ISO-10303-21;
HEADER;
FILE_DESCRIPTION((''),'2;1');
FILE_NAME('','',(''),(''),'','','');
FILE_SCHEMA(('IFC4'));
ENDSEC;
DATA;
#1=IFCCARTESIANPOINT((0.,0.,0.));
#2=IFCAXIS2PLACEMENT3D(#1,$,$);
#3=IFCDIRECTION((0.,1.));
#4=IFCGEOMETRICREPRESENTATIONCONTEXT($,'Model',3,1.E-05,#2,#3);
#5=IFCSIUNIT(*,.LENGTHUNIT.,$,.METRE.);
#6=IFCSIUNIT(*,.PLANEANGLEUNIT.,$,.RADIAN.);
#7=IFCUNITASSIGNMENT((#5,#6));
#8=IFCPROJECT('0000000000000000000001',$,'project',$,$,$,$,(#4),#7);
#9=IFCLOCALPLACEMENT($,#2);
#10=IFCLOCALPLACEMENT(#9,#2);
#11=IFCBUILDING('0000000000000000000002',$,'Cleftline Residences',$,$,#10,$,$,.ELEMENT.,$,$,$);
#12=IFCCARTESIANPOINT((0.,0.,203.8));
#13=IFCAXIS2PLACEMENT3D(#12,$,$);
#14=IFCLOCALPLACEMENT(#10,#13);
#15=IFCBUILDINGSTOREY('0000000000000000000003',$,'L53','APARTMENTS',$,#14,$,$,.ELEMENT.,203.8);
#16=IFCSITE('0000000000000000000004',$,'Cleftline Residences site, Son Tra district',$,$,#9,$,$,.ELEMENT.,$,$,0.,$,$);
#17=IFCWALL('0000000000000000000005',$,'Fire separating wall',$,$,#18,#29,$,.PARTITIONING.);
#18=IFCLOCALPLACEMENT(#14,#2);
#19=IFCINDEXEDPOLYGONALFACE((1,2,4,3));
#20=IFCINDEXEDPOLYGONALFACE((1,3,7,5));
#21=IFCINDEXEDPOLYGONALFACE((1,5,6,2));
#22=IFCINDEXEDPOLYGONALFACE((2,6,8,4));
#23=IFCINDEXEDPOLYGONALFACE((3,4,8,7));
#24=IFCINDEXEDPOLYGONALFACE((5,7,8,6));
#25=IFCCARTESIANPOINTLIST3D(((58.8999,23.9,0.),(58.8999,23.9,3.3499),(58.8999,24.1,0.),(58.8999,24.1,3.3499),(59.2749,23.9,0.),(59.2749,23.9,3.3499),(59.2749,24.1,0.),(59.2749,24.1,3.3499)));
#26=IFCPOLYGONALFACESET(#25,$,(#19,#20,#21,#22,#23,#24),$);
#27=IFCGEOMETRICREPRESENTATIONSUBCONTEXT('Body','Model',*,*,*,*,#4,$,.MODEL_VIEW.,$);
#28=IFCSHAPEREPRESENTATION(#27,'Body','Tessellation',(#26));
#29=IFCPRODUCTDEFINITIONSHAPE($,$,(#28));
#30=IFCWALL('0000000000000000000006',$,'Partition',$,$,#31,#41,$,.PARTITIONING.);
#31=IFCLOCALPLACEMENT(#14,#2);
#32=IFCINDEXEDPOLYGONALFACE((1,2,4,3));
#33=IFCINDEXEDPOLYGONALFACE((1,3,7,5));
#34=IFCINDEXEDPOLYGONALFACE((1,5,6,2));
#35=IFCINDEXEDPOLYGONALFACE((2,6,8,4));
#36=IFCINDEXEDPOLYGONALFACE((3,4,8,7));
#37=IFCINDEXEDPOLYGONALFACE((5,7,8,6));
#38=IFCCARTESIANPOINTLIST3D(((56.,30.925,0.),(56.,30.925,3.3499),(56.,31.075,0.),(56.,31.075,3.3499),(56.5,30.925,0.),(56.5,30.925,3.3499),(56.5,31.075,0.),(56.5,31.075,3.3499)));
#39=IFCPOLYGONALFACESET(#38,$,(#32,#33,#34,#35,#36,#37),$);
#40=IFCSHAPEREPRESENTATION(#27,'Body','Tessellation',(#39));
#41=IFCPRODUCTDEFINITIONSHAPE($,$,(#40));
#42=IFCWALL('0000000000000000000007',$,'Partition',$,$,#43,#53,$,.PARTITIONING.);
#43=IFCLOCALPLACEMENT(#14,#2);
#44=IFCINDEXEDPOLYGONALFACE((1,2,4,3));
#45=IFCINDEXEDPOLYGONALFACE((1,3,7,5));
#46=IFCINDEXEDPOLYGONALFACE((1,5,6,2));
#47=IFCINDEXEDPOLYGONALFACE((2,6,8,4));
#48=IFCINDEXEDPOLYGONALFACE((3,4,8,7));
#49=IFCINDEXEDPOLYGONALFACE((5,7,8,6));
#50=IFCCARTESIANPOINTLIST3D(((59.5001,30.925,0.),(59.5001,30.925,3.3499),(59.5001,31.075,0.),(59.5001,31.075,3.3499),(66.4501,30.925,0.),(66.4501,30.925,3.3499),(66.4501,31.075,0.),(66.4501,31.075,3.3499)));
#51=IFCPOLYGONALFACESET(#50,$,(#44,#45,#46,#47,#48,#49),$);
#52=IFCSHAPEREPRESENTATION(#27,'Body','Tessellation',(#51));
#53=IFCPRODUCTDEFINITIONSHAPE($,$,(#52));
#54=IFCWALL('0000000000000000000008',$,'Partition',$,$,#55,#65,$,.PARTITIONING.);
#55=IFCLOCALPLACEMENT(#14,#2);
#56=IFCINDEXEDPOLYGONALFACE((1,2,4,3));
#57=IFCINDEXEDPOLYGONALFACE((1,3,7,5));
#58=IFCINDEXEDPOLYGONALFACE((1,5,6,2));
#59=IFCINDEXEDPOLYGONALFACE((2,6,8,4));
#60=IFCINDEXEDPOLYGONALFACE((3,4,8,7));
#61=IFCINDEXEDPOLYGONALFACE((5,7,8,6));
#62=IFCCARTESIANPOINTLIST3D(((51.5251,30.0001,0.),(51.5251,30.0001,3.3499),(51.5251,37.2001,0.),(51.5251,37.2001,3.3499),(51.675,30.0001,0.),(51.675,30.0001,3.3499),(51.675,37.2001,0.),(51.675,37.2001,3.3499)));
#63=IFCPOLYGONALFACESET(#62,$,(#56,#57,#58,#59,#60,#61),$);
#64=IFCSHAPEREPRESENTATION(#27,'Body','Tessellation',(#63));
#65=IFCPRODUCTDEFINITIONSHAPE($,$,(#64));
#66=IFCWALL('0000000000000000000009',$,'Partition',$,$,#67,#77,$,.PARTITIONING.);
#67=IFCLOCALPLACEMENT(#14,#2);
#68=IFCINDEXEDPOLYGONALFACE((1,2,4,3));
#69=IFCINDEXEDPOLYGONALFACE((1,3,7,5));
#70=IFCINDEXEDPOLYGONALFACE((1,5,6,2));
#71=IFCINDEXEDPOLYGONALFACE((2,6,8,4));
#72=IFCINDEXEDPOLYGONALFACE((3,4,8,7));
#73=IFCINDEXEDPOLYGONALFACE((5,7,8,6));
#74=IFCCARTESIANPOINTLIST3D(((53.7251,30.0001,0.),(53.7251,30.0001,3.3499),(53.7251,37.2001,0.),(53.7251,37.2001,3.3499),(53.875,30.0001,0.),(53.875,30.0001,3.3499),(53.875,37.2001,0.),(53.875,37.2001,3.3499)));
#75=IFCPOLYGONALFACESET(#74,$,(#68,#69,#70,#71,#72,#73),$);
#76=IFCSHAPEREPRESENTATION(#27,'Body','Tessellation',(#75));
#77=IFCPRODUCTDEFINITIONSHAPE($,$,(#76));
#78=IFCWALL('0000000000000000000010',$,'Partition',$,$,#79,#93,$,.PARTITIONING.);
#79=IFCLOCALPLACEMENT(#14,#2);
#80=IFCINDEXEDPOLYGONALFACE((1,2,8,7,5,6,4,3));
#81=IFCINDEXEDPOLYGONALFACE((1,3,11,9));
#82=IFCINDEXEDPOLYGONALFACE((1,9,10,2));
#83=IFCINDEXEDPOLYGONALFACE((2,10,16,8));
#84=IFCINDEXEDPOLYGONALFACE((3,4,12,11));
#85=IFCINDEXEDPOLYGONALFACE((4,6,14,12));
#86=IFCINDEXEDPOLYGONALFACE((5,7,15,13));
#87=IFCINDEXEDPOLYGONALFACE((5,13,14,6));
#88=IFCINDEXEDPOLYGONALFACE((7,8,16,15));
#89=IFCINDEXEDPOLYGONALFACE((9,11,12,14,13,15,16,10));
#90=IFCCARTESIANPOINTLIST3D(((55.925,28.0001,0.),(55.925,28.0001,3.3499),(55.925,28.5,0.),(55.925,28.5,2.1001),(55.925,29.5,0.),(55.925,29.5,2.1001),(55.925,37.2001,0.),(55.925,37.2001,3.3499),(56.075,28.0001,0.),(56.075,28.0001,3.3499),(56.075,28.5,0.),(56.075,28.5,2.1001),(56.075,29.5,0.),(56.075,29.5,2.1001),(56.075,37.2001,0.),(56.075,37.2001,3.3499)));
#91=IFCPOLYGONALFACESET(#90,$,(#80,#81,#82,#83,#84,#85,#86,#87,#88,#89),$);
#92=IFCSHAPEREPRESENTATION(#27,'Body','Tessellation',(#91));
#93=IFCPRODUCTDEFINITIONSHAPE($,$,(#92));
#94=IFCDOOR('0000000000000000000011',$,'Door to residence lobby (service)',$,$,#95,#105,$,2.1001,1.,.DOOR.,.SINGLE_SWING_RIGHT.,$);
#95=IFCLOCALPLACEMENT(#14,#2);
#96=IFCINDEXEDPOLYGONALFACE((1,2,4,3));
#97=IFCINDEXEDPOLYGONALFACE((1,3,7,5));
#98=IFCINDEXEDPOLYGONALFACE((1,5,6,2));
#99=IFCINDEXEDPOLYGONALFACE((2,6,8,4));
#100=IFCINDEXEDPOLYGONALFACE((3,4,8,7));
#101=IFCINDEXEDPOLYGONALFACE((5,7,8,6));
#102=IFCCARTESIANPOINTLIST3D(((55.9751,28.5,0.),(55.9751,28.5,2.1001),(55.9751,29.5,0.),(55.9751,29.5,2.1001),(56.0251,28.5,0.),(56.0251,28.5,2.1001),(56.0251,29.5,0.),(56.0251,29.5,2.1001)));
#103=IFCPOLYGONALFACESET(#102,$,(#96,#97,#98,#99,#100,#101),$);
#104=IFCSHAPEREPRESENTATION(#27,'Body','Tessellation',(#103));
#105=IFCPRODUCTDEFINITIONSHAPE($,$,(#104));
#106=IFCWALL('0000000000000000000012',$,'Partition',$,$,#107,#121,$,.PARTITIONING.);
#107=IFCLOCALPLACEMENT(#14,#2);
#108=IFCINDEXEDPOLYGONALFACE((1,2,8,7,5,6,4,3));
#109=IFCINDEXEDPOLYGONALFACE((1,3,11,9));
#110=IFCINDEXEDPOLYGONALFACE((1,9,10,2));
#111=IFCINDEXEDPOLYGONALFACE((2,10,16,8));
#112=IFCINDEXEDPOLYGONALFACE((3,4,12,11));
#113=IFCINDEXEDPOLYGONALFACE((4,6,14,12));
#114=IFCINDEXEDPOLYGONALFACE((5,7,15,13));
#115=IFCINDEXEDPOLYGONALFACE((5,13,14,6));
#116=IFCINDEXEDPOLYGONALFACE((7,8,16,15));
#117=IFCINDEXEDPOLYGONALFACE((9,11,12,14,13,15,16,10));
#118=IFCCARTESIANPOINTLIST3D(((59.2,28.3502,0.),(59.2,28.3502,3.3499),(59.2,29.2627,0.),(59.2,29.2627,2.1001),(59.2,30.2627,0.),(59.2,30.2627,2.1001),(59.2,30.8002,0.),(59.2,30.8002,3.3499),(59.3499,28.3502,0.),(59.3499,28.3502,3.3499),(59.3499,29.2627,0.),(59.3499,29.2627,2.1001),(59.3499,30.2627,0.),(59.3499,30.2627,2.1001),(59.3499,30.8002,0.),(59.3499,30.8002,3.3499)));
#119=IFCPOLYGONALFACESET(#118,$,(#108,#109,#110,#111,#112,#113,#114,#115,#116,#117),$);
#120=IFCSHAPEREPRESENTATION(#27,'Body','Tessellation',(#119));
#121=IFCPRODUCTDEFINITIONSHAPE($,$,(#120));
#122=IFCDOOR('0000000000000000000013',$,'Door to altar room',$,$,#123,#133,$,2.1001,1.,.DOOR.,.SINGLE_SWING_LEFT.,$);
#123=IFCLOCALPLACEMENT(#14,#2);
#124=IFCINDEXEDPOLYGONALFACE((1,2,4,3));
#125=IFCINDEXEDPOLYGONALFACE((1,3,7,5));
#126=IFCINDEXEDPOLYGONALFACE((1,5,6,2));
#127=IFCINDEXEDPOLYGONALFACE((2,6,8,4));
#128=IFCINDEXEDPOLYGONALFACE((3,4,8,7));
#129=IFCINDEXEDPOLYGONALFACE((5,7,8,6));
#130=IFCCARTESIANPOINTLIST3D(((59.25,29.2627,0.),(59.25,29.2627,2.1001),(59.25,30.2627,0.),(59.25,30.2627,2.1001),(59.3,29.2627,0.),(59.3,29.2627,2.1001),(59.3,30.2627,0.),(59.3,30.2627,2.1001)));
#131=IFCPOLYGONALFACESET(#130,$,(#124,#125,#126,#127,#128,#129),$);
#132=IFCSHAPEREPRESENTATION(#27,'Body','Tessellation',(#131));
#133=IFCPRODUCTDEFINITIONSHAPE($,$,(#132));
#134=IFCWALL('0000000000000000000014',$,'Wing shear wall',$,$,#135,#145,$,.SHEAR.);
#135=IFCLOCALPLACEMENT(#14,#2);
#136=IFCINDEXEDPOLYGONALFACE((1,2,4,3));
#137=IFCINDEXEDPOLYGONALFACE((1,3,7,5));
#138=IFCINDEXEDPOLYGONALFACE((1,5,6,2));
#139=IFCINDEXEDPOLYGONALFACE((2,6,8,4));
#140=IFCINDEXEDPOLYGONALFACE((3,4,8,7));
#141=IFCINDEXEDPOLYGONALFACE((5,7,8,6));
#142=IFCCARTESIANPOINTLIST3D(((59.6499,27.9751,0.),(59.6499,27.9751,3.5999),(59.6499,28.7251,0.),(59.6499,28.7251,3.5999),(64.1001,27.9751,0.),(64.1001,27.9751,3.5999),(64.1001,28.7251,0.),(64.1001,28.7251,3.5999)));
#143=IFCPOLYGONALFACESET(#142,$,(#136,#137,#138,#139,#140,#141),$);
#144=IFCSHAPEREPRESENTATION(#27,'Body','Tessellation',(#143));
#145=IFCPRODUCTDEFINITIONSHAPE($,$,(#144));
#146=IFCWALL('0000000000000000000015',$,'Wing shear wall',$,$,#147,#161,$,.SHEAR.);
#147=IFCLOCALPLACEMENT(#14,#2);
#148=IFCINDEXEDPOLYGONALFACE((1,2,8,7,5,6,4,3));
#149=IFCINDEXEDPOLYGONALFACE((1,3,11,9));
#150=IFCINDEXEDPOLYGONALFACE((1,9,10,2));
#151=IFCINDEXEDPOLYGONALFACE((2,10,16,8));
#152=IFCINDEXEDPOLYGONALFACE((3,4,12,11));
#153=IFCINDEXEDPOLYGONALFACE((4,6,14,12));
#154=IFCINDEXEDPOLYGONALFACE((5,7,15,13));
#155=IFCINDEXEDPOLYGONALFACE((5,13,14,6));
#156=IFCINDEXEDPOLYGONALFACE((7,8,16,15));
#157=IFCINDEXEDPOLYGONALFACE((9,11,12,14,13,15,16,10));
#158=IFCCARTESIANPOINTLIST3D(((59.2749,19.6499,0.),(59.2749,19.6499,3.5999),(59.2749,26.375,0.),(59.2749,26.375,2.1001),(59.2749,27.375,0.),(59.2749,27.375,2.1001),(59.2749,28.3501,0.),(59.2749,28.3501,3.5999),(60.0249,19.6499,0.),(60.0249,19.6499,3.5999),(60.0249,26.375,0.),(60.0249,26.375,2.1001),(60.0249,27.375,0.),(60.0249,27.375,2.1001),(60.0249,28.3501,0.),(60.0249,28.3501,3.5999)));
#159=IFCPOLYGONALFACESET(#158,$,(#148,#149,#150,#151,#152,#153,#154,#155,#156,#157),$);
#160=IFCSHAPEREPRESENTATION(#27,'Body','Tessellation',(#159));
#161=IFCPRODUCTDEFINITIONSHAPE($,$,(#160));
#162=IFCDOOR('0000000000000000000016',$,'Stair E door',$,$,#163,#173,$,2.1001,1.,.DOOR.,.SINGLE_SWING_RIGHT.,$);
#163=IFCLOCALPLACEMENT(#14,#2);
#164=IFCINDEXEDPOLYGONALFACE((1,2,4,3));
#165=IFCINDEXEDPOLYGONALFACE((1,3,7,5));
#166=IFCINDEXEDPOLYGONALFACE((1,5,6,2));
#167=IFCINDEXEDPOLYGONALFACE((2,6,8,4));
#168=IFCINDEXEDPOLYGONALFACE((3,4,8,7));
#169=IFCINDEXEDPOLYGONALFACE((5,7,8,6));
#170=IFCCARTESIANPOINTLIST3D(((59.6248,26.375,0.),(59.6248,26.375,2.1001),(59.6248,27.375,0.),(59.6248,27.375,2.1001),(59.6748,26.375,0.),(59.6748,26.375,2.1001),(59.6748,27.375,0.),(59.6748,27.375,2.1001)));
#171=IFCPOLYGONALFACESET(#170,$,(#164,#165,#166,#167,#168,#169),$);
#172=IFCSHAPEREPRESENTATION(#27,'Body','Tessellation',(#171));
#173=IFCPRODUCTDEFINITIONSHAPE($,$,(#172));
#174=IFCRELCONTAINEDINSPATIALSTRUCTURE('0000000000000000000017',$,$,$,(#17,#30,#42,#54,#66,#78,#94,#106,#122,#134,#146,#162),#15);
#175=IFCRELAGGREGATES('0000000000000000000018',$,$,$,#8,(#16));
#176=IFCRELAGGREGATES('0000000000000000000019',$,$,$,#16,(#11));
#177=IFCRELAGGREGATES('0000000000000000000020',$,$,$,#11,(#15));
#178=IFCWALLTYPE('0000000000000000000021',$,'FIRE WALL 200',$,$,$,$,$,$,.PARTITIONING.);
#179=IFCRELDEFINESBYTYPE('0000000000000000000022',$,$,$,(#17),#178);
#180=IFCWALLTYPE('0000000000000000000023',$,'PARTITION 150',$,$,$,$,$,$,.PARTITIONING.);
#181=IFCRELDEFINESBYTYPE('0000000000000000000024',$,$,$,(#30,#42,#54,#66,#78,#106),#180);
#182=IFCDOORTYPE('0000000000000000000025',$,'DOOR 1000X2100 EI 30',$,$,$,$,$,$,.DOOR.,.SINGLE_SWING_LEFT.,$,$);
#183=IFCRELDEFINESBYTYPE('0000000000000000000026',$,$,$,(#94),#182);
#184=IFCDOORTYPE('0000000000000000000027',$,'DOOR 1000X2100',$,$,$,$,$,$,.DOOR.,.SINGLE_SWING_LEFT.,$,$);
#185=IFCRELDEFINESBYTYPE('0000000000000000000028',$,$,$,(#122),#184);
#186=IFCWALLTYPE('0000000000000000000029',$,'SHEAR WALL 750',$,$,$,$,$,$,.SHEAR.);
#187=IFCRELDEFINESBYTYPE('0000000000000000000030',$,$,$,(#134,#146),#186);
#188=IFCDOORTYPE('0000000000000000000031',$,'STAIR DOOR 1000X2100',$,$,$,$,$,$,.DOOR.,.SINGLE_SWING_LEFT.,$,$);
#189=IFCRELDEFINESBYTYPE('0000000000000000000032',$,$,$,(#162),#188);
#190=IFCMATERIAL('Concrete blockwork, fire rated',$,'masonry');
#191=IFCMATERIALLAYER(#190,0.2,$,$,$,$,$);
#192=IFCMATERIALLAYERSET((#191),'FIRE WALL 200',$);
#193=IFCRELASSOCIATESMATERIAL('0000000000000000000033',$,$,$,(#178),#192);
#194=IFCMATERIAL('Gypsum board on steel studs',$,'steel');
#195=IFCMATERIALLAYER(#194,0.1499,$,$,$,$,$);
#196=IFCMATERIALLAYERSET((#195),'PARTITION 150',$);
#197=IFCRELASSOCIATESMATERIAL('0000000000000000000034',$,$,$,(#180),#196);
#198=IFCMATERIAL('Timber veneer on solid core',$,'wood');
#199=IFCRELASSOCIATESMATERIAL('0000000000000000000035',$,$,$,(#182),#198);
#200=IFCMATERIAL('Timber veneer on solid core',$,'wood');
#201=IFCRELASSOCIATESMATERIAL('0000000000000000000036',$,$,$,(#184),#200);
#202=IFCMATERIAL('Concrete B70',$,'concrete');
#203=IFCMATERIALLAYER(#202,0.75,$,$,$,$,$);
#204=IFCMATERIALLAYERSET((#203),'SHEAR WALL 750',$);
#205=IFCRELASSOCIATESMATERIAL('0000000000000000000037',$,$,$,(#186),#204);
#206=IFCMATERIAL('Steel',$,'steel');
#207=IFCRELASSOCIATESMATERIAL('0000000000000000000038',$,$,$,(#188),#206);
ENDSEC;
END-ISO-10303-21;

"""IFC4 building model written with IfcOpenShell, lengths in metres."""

from ifc_helpers import new_model, si_unit, direction, frame, frame_2d, origin, place, context, subcontext, project, spatial, rectangle, extrude, material, layer, layer_set, type_object, element, fill, save


model = new_model("IFC4")

# Units and contexts
model_context = context("Model", 3, precision=1e-05, world=origin(), true_north=direction((0.0, 1.0)))
body_context = subcontext(model_context, "Body", "Model", "MODEL_VIEW")
ifc_project = project(units=[si_unit("LENGTHUNIT", "METRE"), si_unit("PLANEANGLEUNIT", "RADIAN")], contexts=[model_context])

# Site, building, storey
site_placement = place(None, origin())
site = spatial("IfcSite", under=ifc_project, at=site_placement, Name="Cleftline Residences site, Son Tra district", CompositionType="ELEMENT", RefElevation=0.0)
building_placement = place(site_placement, origin())
building = spatial("IfcBuilding", under=site, at=building_placement, Name="Cleftline Residences", CompositionType="ELEMENT")
storey_placement = place(building_placement, frame((0.0, 0.0, 203.8)))
storey = spatial("IfcBuildingStorey", under=building, at=storey_placement, Name="L53", Description="APARTMENTS", CompositionType="ELEMENT", Elevation=203.8)

# Walls
ifc_material_1 = material(Name="Concrete blockwork, fire rated", Category="masonry")
ifc_layer_1 = layer(ifc_material_1, 0.2)
ifc_layer_set_1 = layer_set([ifc_layer_1], Name="FIRE WALL 200")
wall_type_1 = type_object("IfcWallType", Name="FIRE WALL 200", PredefinedType="PARTITIONING", material=ifc_layer_set_1)
wall_1_placement = place(storey_placement, frame((58.8999, 24.0, 0.0), z_axis=(0.0, 0.0, 1.0), x_axis=(1.0, 0.0, 0.0)))
element("IfcWall", 1, at=wall_1_placement, inside=storey, type_object=wall_type_1, Name="Fire separating wall", PredefinedType="PARTITIONING", context=body_context, shape_type="SweptSolid", body=[
    extrude(rectangle(XDim=0.375, YDim=0.2, at=frame_2d((0.1875, 0.0))), origin(), (0.0, 0.0, 1.0), 3.3499),
])
ifc_material_2 = material(Name="Gypsum board on steel studs", Category="steel")
ifc_layer_2 = layer(ifc_material_2, 0.1499)
ifc_layer_set_2 = layer_set([ifc_layer_2], Name="PARTITION 150")
wall_type_2 = type_object("IfcWallType", Name="PARTITION 150", PredefinedType="PARTITIONING", material=ifc_layer_set_2)
wall_2_placement = place(storey_placement, frame((56.0, 31.0, 0.0), z_axis=(0.0, 0.0, 1.0), x_axis=(1.0, 0.0, 0.0)))
element("IfcWall", 2, at=wall_2_placement, inside=storey, type_object=wall_type_2, Name="Partition", PredefinedType="PARTITIONING", context=body_context, shape_type="SweptSolid", body=[
    extrude(rectangle(XDim=0.5, YDim=0.1499, at=frame_2d((0.25, 0.0))), origin(), (0.0, 0.0, 1.0), 3.3499),
])
wall_3_placement = place(storey_placement, frame((59.5, 31.0, 0.0), z_axis=(0.0, 0.0, 1.0), x_axis=(1.0, 0.0, 0.0)))
element("IfcWall", 3, at=wall_3_placement, inside=storey, type_object=wall_type_2, Name="Partition", PredefinedType="PARTITIONING", context=body_context, shape_type="SweptSolid", body=[
    extrude(rectangle(XDim=6.95, YDim=0.1499, at=frame_2d((3.4751, 0.0))), origin(), (0.0, 0.0, 1.0), 3.3499),
])
for number, where, z_axis, x_axis, name in (
    (4, (51.6001, 30.0, 0.0), (0.0, 0.0, 1.0), (0.0, 1.0, 0.0), "Partition"),
    (5, (53.8, 30.0, 0.0), (0.0, 0.0, 1.0), (0.0, 1.0, 0.0), "Partition"),
):
    element("IfcWall", number, at=place(storey_placement, frame(where, z_axis=z_axis, x_axis=x_axis)), inside=storey, type_object=wall_type_2, Name=name, PredefinedType="PARTITIONING", context=body_context, shape_type="SweptSolid", body=[
        extrude(rectangle(XDim=7.2, YDim=0.1499, at=frame_2d((3.6001, 0.0))), origin(), (0.0, 0.0, 1.0), 3.3499),
    ])

# Walls, openings, doors
wall_4_placement = place(storey_placement, frame((56.0, 28.0, 0.0), z_axis=(0.0, 0.0, 1.0), x_axis=(0.0, 1.0, 0.0)))
wall_4 = element("IfcWall", 6, at=wall_4_placement, inside=storey, type_object=wall_type_2, Name="Partition", PredefinedType="PARTITIONING", context=body_context, shape_type="SweptSolid", body=[
    extrude(rectangle(XDim=9.2, YDim=0.1499, at=frame_2d((4.6001, 0.0))), origin(), (0.0, 0.0, 1.0), 3.3499),
])
opening_1_placement = place(wall_4_placement, frame((0.5, 0.0, 0.0)))
opening_1 = element("IfcOpeningElement", 7, at=opening_1_placement, cuts=wall_4, PredefinedType="OPENING", context=body_context, shape_type="SweptSolid", body=[
    extrude(rectangle(XDim=1.0, YDim=2.1001, at=frame_2d((0.5, 1.05))), frame((0.0, 0.085, 0.0), z_axis=(0.0, -1.0, 0.0), x_axis=(1.0, 0.0, 0.0)), (0.0, 0.0, 1.0), 0.1699),
])
ifc_material_3 = material(Name="Timber veneer on solid core", Category="wood")
door_type_1 = type_object("IfcDoorType", Name="DOOR 1000X2100 EI 30", OperationType="SINGLE_SWING_LEFT", PredefinedType="DOOR", material=ifc_material_3)
door_1_placement = place(opening_1_placement, origin())
door_1 = element("IfcDoor", 8, at=door_1_placement, inside=storey, type_object=door_type_1, Name="Door to residence lobby (service)", OperationType="SINGLE_SWING_RIGHT", OverallHeight=2.1001, OverallWidth=1.0, PredefinedType="DOOR", context=body_context, shape_type="SweptSolid", body=[
    extrude(rectangle(XDim=1.0, YDim=2.1001, at=frame_2d((0.5, 1.05))), frame((0.0, 0.0249, 0.0), z_axis=(0.0, -1.0, 0.0), x_axis=(1.0, 0.0, 0.0)), (0.0, 0.0, 1.0), 0.05),
])
fill(opening_1, door_1)
wall_5_placement = place(storey_placement, frame((59.2749, 28.3501, 0.0), z_axis=(0.0, 0.0, 1.0), x_axis=(0.0, 1.0, 0.0)))
wall_5 = element("IfcWall", 9, at=wall_5_placement, inside=storey, type_object=wall_type_2, Name="Partition", PredefinedType="PARTITIONING", context=body_context, shape_type="SweptSolid", body=[
    extrude(rectangle(XDim=2.45, YDim=0.1499, at=frame_2d((1.2251, 0.0))), origin(), (0.0, 0.0, 1.0), 3.3499),
])
opening_2_placement = place(wall_5_placement, frame((0.9126, 0.0, 0.0)))
opening_2 = element("IfcOpeningElement", 10, at=opening_2_placement, cuts=wall_5, PredefinedType="OPENING", context=body_context, shape_type="SweptSolid", body=[
    extrude(rectangle(XDim=1.0, YDim=2.1001, at=frame_2d((0.5, 1.05))), frame((0.0, 0.085, 0.0), z_axis=(0.0, -1.0, 0.0), x_axis=(1.0, 0.0, 0.0)), (0.0, 0.0, 1.0), 0.1699),
])
ifc_material_4 = material(Name="Timber veneer on solid core", Category="wood")
door_type_2 = type_object("IfcDoorType", Name="DOOR 1000X2100", OperationType="SINGLE_SWING_LEFT", PredefinedType="DOOR", material=ifc_material_4)
door_2_placement = place(opening_2_placement, origin())
door_2 = element("IfcDoor", 11, at=door_2_placement, inside=storey, type_object=door_type_2, Name="Door to altar room", OperationType="SINGLE_SWING_LEFT", OverallHeight=2.1001, OverallWidth=1.0, PredefinedType="DOOR", context=body_context, shape_type="SweptSolid", body=[
    extrude(rectangle(XDim=1.0, YDim=2.1001, at=frame_2d((0.5, 1.05))), frame((0.0, 0.0249, 0.0), z_axis=(0.0, -1.0, 0.0), x_axis=(1.0, 0.0, 0.0)), (0.0, 0.0, 1.0), 0.05),
])
fill(opening_2, door_2)

# Wall
ifc_material_5 = material(Name="Concrete B70", Category="concrete")
ifc_layer_3 = layer(ifc_material_5, 0.75)
ifc_layer_set_3 = layer_set([ifc_layer_3], Name="SHEAR WALL 750")
wall_type_3 = type_object("IfcWallType", Name="SHEAR WALL 750", PredefinedType="SHEAR", material=ifc_layer_set_3)
wall_6_placement = place(storey_placement, frame((64.1001, 28.3501, 0.0), z_axis=(0.0, 0.0, 1.0), x_axis=(-1.0, 0.0, 0.0)))
element("IfcWall", 12, at=wall_6_placement, inside=storey, type_object=wall_type_3, Name="Wing shear wall", PredefinedType="SHEAR", context=body_context, shape_type="SweptSolid", body=[
    extrude(rectangle(XDim=4.4502, YDim=0.75, at=frame_2d((2.2251, 0.0))), origin(), (0.0, 0.0, 1.0), 3.5999),
])

# Wall, opening, door
wall_7_placement = place(storey_placement, frame((59.6499, 28.3501, 0.0), z_axis=(0.0, 0.0, 1.0), x_axis=(0.0, -1.0, 0.0)))
wall_7 = element("IfcWall", 13, at=wall_7_placement, inside=storey, type_object=wall_type_3, Name="Wing shear wall", PredefinedType="SHEAR", context=body_context, shape_type="SweptSolid", body=[
    extrude(rectangle(XDim=8.7002, YDim=0.75, at=frame_2d((4.3501, 0.0))), origin(), (0.0, 0.0, 1.0), 3.5999),
])
opening_3_placement = place(wall_7_placement, frame((0.9751, 0.0, 0.0)))
opening_3 = element("IfcOpeningElement", 14, at=opening_3_placement, cuts=wall_7, PredefinedType="OPENING", context=body_context, shape_type="SweptSolid", body=[
    extrude(rectangle(XDim=1.0, YDim=2.1001, at=frame_2d((0.5, 1.05))), frame((0.0, 0.385, 0.0), z_axis=(0.0, -1.0, 0.0), x_axis=(1.0, 0.0, 0.0)), (0.0, 0.0, 1.0), 0.77),
])
ifc_material_6 = material(Name="Steel", Category="steel")
door_type_3 = type_object("IfcDoorType", Name="STAIR DOOR 1000X2100", OperationType="SINGLE_SWING_LEFT", PredefinedType="DOOR", material=ifc_material_6)
door_3_placement = place(opening_3_placement, origin())
door_3 = element("IfcDoor", 15, at=door_3_placement, inside=storey, type_object=door_type_3, Name="Stair E door", OperationType="SINGLE_SWING_RIGHT", OverallHeight=2.1001, OverallWidth=1.0, PredefinedType="DOOR", context=body_context, shape_type="SweptSolid", body=[
    extrude(rectangle(XDim=1.0, YDim=2.1001, at=frame_2d((0.5, 1.05))), frame((0.0, 0.0249, 0.0), z_axis=(0.0, -1.0, 0.0), x_axis=(1.0, 0.0, 0.0)), (0.0, 0.0, 1.0), 0.05),
])
fill(opening_3, door_3)

save(model, "model.ifc")
